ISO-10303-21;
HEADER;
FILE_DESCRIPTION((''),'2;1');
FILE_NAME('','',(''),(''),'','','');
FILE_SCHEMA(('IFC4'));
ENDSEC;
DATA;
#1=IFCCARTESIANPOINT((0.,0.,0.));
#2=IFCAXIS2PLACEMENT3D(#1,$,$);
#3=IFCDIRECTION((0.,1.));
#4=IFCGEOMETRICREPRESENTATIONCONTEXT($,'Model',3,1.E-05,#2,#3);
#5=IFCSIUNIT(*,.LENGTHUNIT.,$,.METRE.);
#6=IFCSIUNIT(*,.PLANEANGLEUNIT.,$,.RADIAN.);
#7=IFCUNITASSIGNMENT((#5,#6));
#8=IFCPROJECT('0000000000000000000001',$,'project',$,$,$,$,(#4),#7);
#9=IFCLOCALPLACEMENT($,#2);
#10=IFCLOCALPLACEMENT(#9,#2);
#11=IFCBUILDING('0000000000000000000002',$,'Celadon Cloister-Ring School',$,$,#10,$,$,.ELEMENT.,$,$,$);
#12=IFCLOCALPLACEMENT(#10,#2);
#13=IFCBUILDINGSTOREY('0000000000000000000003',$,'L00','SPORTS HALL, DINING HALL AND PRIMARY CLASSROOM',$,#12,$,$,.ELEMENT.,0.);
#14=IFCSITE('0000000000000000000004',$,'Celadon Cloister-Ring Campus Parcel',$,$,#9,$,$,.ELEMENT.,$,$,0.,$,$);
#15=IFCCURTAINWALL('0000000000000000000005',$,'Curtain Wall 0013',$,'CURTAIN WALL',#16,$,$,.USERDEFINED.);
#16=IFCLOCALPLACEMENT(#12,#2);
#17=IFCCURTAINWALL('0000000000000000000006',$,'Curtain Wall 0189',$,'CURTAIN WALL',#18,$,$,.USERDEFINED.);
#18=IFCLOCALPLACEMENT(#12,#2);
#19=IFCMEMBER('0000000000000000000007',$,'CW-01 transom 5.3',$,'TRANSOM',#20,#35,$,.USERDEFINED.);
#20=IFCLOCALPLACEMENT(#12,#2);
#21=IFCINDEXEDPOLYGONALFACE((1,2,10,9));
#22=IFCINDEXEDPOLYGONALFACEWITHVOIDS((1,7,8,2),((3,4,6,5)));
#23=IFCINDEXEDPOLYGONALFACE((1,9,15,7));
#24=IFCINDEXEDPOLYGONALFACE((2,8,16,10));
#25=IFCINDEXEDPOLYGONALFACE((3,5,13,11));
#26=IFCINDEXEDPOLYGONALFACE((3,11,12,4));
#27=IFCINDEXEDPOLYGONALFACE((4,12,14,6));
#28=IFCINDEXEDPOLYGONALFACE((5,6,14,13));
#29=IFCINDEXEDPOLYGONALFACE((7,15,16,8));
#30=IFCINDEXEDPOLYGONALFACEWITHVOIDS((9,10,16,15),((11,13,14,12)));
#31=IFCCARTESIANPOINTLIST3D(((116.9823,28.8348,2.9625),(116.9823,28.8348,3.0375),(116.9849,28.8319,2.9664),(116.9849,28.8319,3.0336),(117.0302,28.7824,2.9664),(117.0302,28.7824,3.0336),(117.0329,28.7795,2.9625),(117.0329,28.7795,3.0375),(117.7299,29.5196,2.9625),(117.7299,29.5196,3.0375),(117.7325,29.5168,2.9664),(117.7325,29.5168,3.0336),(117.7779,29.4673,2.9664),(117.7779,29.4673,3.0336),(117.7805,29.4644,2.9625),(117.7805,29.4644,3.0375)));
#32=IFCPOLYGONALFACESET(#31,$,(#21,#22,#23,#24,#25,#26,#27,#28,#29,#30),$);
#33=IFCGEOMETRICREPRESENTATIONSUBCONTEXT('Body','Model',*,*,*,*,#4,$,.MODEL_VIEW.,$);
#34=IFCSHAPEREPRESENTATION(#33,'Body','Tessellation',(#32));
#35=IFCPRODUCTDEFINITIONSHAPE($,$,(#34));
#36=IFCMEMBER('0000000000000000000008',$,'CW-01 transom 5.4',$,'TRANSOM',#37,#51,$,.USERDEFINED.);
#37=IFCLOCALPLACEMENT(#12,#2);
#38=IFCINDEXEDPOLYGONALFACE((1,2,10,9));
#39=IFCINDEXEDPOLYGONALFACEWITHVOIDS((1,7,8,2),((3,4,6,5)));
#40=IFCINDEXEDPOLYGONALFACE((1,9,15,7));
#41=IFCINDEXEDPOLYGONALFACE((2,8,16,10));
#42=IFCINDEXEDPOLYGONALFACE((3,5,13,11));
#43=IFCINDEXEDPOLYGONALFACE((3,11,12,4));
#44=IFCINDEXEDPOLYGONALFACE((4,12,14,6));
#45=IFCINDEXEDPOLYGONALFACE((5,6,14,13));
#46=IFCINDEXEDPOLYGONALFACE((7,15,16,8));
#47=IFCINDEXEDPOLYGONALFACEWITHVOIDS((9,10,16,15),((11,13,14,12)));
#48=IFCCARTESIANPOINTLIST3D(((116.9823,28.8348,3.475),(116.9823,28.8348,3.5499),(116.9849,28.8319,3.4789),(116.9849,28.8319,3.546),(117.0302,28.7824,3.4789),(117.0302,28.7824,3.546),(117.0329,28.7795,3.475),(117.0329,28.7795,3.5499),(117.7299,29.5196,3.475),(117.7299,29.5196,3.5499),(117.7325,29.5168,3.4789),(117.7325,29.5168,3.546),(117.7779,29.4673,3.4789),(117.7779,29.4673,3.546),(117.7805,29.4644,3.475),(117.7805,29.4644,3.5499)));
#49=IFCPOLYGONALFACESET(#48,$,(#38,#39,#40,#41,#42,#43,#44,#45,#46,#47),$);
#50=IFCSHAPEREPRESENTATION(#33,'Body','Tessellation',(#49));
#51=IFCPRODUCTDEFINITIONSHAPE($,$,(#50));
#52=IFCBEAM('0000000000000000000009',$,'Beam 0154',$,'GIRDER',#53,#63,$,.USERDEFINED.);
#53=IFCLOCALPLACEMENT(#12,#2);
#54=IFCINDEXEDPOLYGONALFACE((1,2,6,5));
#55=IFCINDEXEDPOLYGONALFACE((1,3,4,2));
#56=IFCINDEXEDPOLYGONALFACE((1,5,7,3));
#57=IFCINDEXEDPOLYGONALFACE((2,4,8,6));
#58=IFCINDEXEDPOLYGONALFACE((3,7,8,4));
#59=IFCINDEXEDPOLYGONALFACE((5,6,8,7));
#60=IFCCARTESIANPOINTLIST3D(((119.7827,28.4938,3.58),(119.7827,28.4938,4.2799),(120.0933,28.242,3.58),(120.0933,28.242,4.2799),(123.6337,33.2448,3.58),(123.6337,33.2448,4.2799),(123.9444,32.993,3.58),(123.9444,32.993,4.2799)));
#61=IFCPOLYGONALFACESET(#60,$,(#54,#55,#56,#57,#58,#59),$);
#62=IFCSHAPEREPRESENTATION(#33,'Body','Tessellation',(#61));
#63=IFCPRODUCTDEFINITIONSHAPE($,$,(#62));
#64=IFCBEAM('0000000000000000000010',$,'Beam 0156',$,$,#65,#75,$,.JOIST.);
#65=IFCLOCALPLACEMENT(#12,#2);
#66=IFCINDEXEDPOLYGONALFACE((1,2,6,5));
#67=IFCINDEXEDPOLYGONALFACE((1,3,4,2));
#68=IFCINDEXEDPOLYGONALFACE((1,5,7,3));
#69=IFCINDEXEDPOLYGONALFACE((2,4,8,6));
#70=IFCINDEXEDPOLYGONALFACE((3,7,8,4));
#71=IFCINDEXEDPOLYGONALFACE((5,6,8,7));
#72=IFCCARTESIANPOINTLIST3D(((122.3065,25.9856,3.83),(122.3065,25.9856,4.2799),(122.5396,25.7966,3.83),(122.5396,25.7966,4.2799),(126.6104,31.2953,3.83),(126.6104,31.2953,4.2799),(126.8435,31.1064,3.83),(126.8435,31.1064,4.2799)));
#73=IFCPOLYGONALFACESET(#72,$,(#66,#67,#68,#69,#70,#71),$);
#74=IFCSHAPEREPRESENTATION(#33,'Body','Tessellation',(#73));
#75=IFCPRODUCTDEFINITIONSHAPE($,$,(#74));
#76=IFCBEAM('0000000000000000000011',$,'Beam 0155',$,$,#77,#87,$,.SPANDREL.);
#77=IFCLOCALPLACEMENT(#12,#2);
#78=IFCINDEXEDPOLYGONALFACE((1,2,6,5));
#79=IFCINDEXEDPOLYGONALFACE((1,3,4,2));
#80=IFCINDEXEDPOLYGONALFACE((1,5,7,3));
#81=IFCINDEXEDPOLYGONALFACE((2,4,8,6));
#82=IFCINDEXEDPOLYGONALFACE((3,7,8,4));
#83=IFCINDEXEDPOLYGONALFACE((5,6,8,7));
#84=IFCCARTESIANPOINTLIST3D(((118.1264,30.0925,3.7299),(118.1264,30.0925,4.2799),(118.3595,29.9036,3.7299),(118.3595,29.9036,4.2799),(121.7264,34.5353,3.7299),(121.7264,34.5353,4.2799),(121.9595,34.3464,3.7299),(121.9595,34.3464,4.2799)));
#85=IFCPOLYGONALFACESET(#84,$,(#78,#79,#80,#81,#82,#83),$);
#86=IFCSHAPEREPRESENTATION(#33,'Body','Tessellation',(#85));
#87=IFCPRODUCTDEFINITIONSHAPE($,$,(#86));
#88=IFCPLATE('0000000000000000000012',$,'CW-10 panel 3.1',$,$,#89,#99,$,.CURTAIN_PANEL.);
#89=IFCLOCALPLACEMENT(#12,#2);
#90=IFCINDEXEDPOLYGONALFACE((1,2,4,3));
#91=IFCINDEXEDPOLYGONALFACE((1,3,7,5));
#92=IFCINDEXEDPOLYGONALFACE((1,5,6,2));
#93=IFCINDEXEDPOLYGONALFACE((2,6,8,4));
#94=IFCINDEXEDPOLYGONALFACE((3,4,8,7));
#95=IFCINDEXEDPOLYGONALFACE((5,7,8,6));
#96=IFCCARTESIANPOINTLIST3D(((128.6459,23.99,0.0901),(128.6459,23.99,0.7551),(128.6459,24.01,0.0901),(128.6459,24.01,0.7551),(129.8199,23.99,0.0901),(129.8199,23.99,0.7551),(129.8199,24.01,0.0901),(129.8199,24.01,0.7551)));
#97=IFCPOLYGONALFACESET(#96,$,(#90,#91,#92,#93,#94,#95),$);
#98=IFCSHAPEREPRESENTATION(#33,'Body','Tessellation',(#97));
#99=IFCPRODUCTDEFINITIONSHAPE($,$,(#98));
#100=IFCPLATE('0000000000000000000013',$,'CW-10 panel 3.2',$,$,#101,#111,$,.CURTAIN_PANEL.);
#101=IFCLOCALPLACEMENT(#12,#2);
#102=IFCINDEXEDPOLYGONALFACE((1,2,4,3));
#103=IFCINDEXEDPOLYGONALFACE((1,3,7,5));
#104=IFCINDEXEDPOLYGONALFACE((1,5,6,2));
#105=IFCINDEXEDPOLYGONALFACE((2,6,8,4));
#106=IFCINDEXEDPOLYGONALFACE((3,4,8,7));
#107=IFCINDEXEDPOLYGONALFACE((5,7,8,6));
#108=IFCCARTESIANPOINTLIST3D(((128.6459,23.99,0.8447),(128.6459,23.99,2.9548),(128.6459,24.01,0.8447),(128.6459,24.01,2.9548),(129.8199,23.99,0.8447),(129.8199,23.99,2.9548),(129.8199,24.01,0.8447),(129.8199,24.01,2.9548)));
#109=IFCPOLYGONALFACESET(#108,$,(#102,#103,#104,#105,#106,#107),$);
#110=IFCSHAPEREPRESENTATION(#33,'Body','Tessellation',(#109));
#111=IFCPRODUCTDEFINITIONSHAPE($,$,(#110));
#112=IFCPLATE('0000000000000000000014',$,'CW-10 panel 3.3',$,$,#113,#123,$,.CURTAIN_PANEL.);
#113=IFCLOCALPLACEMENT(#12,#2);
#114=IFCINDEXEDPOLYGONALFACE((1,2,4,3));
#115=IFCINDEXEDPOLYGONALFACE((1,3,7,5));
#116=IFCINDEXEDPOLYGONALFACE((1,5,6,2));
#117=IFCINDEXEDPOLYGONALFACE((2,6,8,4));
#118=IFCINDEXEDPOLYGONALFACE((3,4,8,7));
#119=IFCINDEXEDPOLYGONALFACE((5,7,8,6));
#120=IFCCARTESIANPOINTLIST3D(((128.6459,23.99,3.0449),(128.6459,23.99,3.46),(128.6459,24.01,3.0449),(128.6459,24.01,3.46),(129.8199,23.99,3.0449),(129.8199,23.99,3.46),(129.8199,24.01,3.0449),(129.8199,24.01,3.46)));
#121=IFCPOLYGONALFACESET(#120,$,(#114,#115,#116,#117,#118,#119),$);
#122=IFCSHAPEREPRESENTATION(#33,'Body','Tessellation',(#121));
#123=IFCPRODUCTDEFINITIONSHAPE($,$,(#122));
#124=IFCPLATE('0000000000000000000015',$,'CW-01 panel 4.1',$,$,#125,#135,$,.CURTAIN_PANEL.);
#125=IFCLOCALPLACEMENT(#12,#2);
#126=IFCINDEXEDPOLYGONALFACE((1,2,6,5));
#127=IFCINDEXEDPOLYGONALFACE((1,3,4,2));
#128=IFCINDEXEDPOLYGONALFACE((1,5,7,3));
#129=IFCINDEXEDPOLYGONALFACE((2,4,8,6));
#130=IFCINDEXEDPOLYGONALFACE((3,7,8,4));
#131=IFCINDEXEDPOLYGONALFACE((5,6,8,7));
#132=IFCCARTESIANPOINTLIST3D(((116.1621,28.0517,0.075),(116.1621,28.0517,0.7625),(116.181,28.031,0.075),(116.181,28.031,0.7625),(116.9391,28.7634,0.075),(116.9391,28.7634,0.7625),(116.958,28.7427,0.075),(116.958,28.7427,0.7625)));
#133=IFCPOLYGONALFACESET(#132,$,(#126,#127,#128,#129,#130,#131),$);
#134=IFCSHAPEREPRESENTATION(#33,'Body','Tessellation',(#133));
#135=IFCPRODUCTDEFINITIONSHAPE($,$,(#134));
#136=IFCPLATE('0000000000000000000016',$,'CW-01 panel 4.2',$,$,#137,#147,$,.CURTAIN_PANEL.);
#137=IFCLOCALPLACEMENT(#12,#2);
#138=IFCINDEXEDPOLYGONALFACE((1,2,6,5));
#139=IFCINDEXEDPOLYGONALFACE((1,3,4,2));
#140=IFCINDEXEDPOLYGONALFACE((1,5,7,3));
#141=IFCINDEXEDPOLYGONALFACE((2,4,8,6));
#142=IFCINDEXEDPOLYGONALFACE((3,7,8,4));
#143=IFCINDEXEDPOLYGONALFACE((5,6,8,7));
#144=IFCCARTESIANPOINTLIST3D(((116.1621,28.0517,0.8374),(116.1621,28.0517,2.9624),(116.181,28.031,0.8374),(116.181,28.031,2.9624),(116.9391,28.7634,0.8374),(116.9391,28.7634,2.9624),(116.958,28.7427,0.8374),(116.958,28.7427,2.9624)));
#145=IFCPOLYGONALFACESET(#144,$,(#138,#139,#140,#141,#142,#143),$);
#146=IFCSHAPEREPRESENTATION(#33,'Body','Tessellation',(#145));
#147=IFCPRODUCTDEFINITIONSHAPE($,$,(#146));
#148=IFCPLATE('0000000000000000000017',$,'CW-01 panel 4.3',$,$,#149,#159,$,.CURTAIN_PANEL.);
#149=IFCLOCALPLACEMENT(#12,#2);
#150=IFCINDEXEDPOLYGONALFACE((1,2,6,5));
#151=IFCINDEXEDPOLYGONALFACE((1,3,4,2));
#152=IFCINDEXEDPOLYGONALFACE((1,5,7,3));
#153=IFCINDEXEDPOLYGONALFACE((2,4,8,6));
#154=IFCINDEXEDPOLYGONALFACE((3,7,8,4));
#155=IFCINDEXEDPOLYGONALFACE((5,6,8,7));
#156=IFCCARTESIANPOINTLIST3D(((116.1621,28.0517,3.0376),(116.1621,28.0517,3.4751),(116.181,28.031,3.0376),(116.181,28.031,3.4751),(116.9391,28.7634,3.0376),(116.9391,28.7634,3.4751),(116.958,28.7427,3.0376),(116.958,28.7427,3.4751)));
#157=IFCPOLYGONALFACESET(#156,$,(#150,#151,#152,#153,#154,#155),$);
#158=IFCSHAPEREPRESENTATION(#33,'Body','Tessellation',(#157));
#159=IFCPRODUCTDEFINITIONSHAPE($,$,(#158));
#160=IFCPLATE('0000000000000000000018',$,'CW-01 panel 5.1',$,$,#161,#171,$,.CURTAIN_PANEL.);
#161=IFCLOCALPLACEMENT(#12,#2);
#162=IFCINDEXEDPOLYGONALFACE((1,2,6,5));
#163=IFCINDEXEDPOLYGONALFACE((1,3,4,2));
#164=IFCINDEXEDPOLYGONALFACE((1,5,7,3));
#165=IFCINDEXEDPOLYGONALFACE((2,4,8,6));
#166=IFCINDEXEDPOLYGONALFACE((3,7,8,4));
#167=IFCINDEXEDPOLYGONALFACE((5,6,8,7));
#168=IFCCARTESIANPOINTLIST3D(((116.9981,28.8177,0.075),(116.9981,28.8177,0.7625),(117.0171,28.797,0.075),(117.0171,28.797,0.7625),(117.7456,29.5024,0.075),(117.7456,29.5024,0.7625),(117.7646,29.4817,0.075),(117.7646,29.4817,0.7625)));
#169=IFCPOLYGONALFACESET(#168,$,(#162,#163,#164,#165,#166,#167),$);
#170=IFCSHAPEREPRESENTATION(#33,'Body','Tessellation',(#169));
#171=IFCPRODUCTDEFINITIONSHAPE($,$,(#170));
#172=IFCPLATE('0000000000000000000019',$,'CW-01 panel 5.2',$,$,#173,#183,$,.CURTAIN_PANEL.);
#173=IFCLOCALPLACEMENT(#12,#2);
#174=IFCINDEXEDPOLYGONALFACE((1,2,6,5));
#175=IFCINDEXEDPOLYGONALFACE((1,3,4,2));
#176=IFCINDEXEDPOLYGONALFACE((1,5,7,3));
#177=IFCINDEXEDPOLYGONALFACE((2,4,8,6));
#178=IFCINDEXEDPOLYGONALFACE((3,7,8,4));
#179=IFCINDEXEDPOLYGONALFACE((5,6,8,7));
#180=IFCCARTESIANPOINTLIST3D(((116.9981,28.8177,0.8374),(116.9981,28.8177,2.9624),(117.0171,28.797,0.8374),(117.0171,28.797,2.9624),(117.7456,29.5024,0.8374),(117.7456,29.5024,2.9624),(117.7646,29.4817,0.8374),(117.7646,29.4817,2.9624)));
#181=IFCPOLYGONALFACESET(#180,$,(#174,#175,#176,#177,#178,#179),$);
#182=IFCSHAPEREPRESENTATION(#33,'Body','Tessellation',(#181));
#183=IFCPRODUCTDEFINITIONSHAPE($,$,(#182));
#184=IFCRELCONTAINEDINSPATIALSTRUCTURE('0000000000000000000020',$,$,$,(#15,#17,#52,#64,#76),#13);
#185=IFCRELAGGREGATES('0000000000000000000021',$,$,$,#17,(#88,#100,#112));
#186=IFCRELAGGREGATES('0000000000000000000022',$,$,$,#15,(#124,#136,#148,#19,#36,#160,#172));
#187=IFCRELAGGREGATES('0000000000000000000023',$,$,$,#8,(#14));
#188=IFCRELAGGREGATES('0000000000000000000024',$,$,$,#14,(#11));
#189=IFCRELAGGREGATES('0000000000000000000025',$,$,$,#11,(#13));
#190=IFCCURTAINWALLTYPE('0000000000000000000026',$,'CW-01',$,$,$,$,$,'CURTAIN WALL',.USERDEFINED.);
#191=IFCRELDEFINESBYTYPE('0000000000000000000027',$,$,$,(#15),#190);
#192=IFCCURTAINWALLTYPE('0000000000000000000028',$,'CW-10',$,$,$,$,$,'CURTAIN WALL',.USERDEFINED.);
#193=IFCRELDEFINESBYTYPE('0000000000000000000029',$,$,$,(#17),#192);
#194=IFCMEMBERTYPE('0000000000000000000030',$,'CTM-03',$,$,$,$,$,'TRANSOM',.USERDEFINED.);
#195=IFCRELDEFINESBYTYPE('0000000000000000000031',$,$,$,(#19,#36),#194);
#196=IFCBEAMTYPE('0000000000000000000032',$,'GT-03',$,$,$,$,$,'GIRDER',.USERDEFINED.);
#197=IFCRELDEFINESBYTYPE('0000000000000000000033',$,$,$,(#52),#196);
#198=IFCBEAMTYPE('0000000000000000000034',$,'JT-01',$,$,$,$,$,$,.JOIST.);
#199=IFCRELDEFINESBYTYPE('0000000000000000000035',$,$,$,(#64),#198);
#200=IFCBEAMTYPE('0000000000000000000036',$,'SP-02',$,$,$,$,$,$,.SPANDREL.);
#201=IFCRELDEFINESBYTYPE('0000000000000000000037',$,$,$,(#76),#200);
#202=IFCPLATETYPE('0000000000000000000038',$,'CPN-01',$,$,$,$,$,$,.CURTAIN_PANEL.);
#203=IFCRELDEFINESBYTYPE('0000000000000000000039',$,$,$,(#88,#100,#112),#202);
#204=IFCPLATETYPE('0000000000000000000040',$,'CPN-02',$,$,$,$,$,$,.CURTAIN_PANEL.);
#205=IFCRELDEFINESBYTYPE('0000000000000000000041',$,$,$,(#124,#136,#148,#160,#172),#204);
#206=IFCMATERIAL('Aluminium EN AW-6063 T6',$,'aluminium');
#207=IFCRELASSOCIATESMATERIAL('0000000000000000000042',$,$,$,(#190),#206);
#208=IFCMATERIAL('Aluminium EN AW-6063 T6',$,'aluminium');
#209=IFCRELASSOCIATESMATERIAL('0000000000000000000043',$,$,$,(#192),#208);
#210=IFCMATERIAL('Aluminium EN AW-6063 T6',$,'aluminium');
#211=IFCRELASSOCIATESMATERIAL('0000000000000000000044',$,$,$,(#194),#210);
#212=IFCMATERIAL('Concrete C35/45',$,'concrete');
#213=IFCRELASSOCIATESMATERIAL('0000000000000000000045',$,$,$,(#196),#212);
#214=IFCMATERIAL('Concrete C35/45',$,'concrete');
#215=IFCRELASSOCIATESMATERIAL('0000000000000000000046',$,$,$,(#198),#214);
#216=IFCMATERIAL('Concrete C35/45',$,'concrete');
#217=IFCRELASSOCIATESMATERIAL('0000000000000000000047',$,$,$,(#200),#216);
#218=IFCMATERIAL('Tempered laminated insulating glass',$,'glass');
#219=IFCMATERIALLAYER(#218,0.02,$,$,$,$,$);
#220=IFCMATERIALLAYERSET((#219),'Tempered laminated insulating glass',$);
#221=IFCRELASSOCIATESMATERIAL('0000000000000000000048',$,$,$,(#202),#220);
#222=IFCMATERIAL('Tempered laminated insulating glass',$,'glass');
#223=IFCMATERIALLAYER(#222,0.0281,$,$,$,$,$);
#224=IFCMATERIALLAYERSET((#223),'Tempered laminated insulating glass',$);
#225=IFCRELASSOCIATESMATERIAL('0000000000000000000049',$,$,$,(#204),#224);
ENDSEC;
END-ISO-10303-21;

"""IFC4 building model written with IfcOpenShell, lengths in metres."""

from ifc_helpers import new_model, si_unit, direction, frame, origin, origin_2d, place, context, subcontext, project, spatial, rectangle, hollow_rectangle, extrude, material, layer, layer_set, material_profile, profile_set, type_object, element, aggregate, save


model = new_model("IFC4")

# Units and contexts
model_context = context("Model", 3, precision=1e-05, world=origin(), true_north=direction((0.0, 1.0)))
body_context = subcontext(model_context, "Body", "Model", "MODEL_VIEW")
ifc_project = project(units=[si_unit("LENGTHUNIT", "METRE"), si_unit("PLANEANGLEUNIT", "RADIAN")], contexts=[model_context])

# Site, building, storey
site_placement = place(None, origin())
site = spatial("IfcSite", under=ifc_project, at=site_placement, Name="Celadon Cloister-Ring Campus Parcel", CompositionType="ELEMENT", RefElevation=0.0)
building_placement = place(site_placement, origin())
building = spatial("IfcBuilding", under=site, at=building_placement, Name="Celadon Cloister-Ring School", CompositionType="ELEMENT")
storey_placement = place(building_placement, origin())
storey = spatial("IfcBuildingStorey", under=building, at=storey_placement, Name="L00", Description="SPORTS HALL, DINING HALL AND PRIMARY CLASSROOM", CompositionType="ELEMENT", Elevation=0.0)

# Curtain wall
ifc_material_1 = material(Name="Aluminium EN AW-6063 T6", Category="aluminium")
curtain_wall_type_1 = type_object("IfcCurtainWallType", Name="CW-01", ElementType="CURTAIN WALL", PredefinedType="USERDEFINED", material=ifc_material_1)
curtain_wall_1_placement = place(storey_placement, origin())
curtain_wall_1 = element("IfcCurtainWall", 1, at=curtain_wall_1_placement, inside=storey, type_object=curtain_wall_type_1, Name="Curtain Wall 0013", ObjectType="CURTAIN WALL", PredefinedType="USERDEFINED")

# Curtain wall
ifc_material_2 = material(Name="Aluminium EN AW-6063 T6", Category="aluminium")
curtain_wall_type_2 = type_object("IfcCurtainWallType", Name="CW-10", ElementType="CURTAIN WALL", PredefinedType="USERDEFINED", material=ifc_material_2)
curtain_wall_2_placement = place(storey_placement, origin())
curtain_wall_2 = element("IfcCurtainWall", 2, at=curtain_wall_2_placement, inside=storey, type_object=curtain_wall_type_2, Name="Curtain Wall 0189", ObjectType="CURTAIN WALL", PredefinedType="USERDEFINED")

# Members
ifc_material_3 = material(Name="Aluminium EN AW-6063 T6", Category="aluminium")
ifc_material_profile_1 = material_profile(ifc_material_3, hollow_rectangle(XDim=0.075, YDim=0.075, WallThickness=0.0039, at=origin_2d()), Name="RHS75X75X4")
ifc_profile_set_1 = profile_set([ifc_material_profile_1], Name="Aluminium EN AW-6063 T6")
member_type_1 = type_object("IfcMemberType", Name="CTM-03", ElementType="TRANSOM", PredefinedType="USERDEFINED", material=ifc_profile_set_1)
member_1_placement = place(storey_placement, frame((117.0076, 28.8071, 3.0), z_axis=(0.737374, 0.675485, 0.0), x_axis=(-0.675485, 0.737374, 0.0)))
member_1 = element("IfcMember", 3, at=member_1_placement, type_object=member_type_1, Name="CW-01 transom 5.3", ObjectType="TRANSOM", PredefinedType="USERDEFINED", context=body_context, shape_type="SweptSolid", body=[
    extrude(hollow_rectangle(XDim=0.075, YDim=0.075, WallThickness=0.0039, at=origin_2d()), origin(), (0.0, 0.0, 1.0), 1.0139),
])
member_2_placement = place(storey_placement, frame((117.0076, 28.8071, 3.5125), z_axis=(0.737374, 0.675485, 0.0), x_axis=(-0.675485, 0.737374, 0.0)))
member_2 = element("IfcMember", 4, at=member_2_placement, type_object=member_type_1, Name="CW-01 transom 5.4", ObjectType="TRANSOM", PredefinedType="USERDEFINED", context=body_context, shape_type="SweptSolid", body=[
    extrude(hollow_rectangle(XDim=0.075, YDim=0.075, WallThickness=0.0039, at=origin_2d()), origin(), (0.0, 0.0, 1.0), 1.0139),
])

# Beams
ifc_material_4 = material(Name="Concrete C35/45", Category="concrete")
ifc_material_profile_2 = material_profile(ifc_material_4, rectangle(XDim=0.3999, YDim=0.7, at=origin_2d()), Name="RC400X700")
ifc_profile_set_2 = profile_set([ifc_material_profile_2], Name="Concrete C35/45")
beam_type_1 = type_object("IfcBeamType", Name="GT-03", ElementType="GIRDER", PredefinedType="USERDEFINED", material=ifc_profile_set_2)
beam_1_placement = place(storey_placement, frame((119.938, 28.3679, 3.9299), z_axis=(0.629696, 0.776841, 0.0), x_axis=(-0.776841, 0.629696, 0.0)))
element("IfcBeam", 5, at=beam_1_placement, inside=storey, type_object=beam_type_1, Name="Beam 0154", ObjectType="GIRDER", PredefinedType="USERDEFINED", context=body_context, shape_type="SweptSolid", body=[
    extrude(rectangle(XDim=0.3999, YDim=0.7, at=origin_2d()), origin(), (0.0, 0.0, 1.0), 6.1157),
])
ifc_material_5 = material(Name="Concrete C35/45", Category="concrete")
ifc_material_profile_3 = material_profile(ifc_material_5, rectangle(XDim=0.3, YDim=0.45, at=origin_2d()), Name="RC300X450")
ifc_profile_set_3 = profile_set([ifc_material_profile_3], Name="Concrete C35/45")
beam_type_2 = type_object("IfcBeamType", Name="JT-01", PredefinedType="JOIST", material=ifc_profile_set_3)
beam_2_placement = place(storey_placement, frame((122.4231, 25.8911, 4.0549), z_axis=(0.629687, 0.776849, 0.0), x_axis=(-0.776849, 0.629687, 0.0)))
element("IfcBeam", 6, at=beam_2_placement, inside=storey, type_object=beam_type_2, Name="Beam 0156", PredefinedType="JOIST", context=body_context, shape_type="SweptSolid", body=[
    extrude(rectangle(XDim=0.3, YDim=0.45, at=origin_2d()), origin(), (0.0, 0.0, 1.0), 6.835),
])
ifc_material_6 = material(Name="Concrete C35/45", Category="concrete")
ifc_material_profile_4 = material_profile(ifc_material_6, rectangle(XDim=0.3, YDim=0.55, at=origin_2d()), Name="RC300X550")
ifc_profile_set_4 = profile_set([ifc_material_profile_4], Name="Concrete C35/45")
beam_type_3 = type_object("IfcBeamType", Name="SP-02", PredefinedType="SPANDREL", material=ifc_profile_set_4)
beam_3_placement = place(storey_placement, frame((118.2429, 29.998, 4.0049), z_axis=(0.629567, 0.776947, 0.0), x_axis=(-0.776947, 0.629567, 0.0)))
element("IfcBeam", 7, at=beam_3_placement, inside=storey, type_object=beam_type_3, Name="Beam 0155", PredefinedType="SPANDREL", context=body_context, shape_type="SweptSolid", body=[
    extrude(rectangle(XDim=0.3, YDim=0.55, at=origin_2d()), origin(), (0.0, 0.0, 1.0), 5.7183),
])

# Plates
ifc_material_7 = material(Name="Tempered laminated insulating glass", Category="glass")
ifc_layer_1 = layer(ifc_material_7, 0.02)
ifc_layer_set_1 = layer_set([ifc_layer_1], Name="Tempered laminated insulating glass")
plate_type_1 = type_object("IfcPlateType", Name="CPN-01", PredefinedType="CURTAIN_PANEL", material=ifc_layer_set_1)
plate_1_placement = place(storey_placement, frame((129.2329, 24.0, 0.0901), z_axis=(0.0, 0.0, 1.0), x_axis=(1.0, 0.0, 0.0)))
plate_1 = element("IfcPlate", 8, at=plate_1_placement, type_object=plate_type_1, Name="CW-10 panel 3.1", PredefinedType="CURTAIN_PANEL", context=body_context, shape_type="SweptSolid", body=[
    extrude(rectangle(XDim=1.1741, YDim=0.02, at=origin_2d()), origin(), (0.0, 0.0, 1.0), 0.665),
])
plate_2_placement = place(storey_placement, frame((129.2329, 24.0, 0.8447), z_axis=(0.0, 0.0, 1.0), x_axis=(1.0, 0.0, 0.0)))
plate_2 = element("IfcPlate", 9, at=plate_2_placement, type_object=plate_type_1, Name="CW-10 panel 3.2", PredefinedType="CURTAIN_PANEL", context=body_context, shape_type="SweptSolid", body=[
    extrude(rectangle(XDim=1.1741, YDim=0.02, at=origin_2d()), origin(), (0.0, 0.0, 1.0), 2.1101),
])
plate_3_placement = place(storey_placement, frame((129.2329, 24.0, 3.0449), z_axis=(0.0, 0.0, 1.0), x_axis=(1.0, 0.0, 0.0)))
plate_3 = element("IfcPlate", 10, at=plate_3_placement, type_object=plate_type_1, Name="CW-10 panel 3.3", PredefinedType="CURTAIN_PANEL", context=body_context, shape_type="SweptSolid", body=[
    extrude(rectangle(XDim=1.1741, YDim=0.02, at=origin_2d()), origin(), (0.0, 0.0, 1.0), 0.415),
])
aggregate(curtain_wall_2, [plate_1, plate_2, plate_3])
ifc_material_8 = material(Name="Tempered laminated insulating glass", Category="glass")
ifc_layer_2 = layer(ifc_material_8, 0.0281)
ifc_layer_set_2 = layer_set([ifc_layer_2], Name="Tempered laminated insulating glass")
plate_type_2 = type_object("IfcPlateType", Name="CPN-02", PredefinedType="CURTAIN_PANEL", material=ifc_layer_set_2)
plate_4_placement = place(storey_placement, frame((116.5601, 28.3972, 0.075), z_axis=(0.0, 0.0, 1.0), x_axis=(0.737388, 0.675469, 0.0)))
plate_4 = element("IfcPlate", 11, at=plate_4_placement, type_object=plate_type_2, Name="CW-01 panel 4.1", PredefinedType="CURTAIN_PANEL", context=body_context, shape_type="SweptSolid", body=[
    extrude(rectangle(XDim=1.0537, YDim=0.0281, at=origin_2d()), origin(), (0.0, 0.0, 1.0), 0.6875),
])
plate_5_placement = place(storey_placement, frame((116.5601, 28.3972, 0.8374), z_axis=(0.0, 0.0, 1.0), x_axis=(0.737388, 0.675469, 0.0)))
plate_5 = element("IfcPlate", 12, at=plate_5_placement, type_object=plate_type_2, Name="CW-01 panel 4.2", PredefinedType="CURTAIN_PANEL", context=body_context, shape_type="SweptSolid", body=[
    extrude(rectangle(XDim=1.0537, YDim=0.0281, at=origin_2d()), origin(), (0.0, 0.0, 1.0), 2.125),
])
plate_6_placement = place(storey_placement, frame((116.5601, 28.3972, 3.0376), z_axis=(0.0, 0.0, 1.0), x_axis=(0.737388, 0.675469, 0.0)))
plate_6 = element("IfcPlate", 13, at=plate_6_placement, type_object=plate_type_2, Name="CW-01 panel 4.3", PredefinedType="CURTAIN_PANEL", context=body_context, shape_type="SweptSolid", body=[
    extrude(rectangle(XDim=1.0537, YDim=0.0281, at=origin_2d()), origin(), (0.0, 0.0, 1.0), 0.4375),
])
plate_7_placement = place(storey_placement, frame((117.3813, 29.1497, 0.075), z_axis=(0.0, 0.0, 1.0), x_axis=(0.737388, 0.675469, 0.0)))
plate_7 = element("IfcPlate", 14, at=plate_7_placement, type_object=plate_type_2, Name="CW-01 panel 5.1", PredefinedType="CURTAIN_PANEL", context=body_context, shape_type="SweptSolid", body=[
    extrude(rectangle(XDim=1.0137, YDim=0.0281, at=origin_2d()), origin(), (0.0, 0.0, 1.0), 0.6875),
])
plate_8_placement = place(storey_placement, frame((117.3813, 29.1497, 0.8374), z_axis=(0.0, 0.0, 1.0), x_axis=(0.737388, 0.675469, 0.0)))
plate_8 = element("IfcPlate", 15, at=plate_8_placement, type_object=plate_type_2, Name="CW-01 panel 5.2", PredefinedType="CURTAIN_PANEL", context=body_context, shape_type="SweptSolid", body=[
    extrude(rectangle(XDim=1.0137, YDim=0.0281, at=origin_2d()), origin(), (0.0, 0.0, 1.0), 2.125),
])
aggregate(curtain_wall_1, [plate_4, plate_5, plate_6, member_1, member_2, plate_7, plate_8])

save(model, "model.ifc")
